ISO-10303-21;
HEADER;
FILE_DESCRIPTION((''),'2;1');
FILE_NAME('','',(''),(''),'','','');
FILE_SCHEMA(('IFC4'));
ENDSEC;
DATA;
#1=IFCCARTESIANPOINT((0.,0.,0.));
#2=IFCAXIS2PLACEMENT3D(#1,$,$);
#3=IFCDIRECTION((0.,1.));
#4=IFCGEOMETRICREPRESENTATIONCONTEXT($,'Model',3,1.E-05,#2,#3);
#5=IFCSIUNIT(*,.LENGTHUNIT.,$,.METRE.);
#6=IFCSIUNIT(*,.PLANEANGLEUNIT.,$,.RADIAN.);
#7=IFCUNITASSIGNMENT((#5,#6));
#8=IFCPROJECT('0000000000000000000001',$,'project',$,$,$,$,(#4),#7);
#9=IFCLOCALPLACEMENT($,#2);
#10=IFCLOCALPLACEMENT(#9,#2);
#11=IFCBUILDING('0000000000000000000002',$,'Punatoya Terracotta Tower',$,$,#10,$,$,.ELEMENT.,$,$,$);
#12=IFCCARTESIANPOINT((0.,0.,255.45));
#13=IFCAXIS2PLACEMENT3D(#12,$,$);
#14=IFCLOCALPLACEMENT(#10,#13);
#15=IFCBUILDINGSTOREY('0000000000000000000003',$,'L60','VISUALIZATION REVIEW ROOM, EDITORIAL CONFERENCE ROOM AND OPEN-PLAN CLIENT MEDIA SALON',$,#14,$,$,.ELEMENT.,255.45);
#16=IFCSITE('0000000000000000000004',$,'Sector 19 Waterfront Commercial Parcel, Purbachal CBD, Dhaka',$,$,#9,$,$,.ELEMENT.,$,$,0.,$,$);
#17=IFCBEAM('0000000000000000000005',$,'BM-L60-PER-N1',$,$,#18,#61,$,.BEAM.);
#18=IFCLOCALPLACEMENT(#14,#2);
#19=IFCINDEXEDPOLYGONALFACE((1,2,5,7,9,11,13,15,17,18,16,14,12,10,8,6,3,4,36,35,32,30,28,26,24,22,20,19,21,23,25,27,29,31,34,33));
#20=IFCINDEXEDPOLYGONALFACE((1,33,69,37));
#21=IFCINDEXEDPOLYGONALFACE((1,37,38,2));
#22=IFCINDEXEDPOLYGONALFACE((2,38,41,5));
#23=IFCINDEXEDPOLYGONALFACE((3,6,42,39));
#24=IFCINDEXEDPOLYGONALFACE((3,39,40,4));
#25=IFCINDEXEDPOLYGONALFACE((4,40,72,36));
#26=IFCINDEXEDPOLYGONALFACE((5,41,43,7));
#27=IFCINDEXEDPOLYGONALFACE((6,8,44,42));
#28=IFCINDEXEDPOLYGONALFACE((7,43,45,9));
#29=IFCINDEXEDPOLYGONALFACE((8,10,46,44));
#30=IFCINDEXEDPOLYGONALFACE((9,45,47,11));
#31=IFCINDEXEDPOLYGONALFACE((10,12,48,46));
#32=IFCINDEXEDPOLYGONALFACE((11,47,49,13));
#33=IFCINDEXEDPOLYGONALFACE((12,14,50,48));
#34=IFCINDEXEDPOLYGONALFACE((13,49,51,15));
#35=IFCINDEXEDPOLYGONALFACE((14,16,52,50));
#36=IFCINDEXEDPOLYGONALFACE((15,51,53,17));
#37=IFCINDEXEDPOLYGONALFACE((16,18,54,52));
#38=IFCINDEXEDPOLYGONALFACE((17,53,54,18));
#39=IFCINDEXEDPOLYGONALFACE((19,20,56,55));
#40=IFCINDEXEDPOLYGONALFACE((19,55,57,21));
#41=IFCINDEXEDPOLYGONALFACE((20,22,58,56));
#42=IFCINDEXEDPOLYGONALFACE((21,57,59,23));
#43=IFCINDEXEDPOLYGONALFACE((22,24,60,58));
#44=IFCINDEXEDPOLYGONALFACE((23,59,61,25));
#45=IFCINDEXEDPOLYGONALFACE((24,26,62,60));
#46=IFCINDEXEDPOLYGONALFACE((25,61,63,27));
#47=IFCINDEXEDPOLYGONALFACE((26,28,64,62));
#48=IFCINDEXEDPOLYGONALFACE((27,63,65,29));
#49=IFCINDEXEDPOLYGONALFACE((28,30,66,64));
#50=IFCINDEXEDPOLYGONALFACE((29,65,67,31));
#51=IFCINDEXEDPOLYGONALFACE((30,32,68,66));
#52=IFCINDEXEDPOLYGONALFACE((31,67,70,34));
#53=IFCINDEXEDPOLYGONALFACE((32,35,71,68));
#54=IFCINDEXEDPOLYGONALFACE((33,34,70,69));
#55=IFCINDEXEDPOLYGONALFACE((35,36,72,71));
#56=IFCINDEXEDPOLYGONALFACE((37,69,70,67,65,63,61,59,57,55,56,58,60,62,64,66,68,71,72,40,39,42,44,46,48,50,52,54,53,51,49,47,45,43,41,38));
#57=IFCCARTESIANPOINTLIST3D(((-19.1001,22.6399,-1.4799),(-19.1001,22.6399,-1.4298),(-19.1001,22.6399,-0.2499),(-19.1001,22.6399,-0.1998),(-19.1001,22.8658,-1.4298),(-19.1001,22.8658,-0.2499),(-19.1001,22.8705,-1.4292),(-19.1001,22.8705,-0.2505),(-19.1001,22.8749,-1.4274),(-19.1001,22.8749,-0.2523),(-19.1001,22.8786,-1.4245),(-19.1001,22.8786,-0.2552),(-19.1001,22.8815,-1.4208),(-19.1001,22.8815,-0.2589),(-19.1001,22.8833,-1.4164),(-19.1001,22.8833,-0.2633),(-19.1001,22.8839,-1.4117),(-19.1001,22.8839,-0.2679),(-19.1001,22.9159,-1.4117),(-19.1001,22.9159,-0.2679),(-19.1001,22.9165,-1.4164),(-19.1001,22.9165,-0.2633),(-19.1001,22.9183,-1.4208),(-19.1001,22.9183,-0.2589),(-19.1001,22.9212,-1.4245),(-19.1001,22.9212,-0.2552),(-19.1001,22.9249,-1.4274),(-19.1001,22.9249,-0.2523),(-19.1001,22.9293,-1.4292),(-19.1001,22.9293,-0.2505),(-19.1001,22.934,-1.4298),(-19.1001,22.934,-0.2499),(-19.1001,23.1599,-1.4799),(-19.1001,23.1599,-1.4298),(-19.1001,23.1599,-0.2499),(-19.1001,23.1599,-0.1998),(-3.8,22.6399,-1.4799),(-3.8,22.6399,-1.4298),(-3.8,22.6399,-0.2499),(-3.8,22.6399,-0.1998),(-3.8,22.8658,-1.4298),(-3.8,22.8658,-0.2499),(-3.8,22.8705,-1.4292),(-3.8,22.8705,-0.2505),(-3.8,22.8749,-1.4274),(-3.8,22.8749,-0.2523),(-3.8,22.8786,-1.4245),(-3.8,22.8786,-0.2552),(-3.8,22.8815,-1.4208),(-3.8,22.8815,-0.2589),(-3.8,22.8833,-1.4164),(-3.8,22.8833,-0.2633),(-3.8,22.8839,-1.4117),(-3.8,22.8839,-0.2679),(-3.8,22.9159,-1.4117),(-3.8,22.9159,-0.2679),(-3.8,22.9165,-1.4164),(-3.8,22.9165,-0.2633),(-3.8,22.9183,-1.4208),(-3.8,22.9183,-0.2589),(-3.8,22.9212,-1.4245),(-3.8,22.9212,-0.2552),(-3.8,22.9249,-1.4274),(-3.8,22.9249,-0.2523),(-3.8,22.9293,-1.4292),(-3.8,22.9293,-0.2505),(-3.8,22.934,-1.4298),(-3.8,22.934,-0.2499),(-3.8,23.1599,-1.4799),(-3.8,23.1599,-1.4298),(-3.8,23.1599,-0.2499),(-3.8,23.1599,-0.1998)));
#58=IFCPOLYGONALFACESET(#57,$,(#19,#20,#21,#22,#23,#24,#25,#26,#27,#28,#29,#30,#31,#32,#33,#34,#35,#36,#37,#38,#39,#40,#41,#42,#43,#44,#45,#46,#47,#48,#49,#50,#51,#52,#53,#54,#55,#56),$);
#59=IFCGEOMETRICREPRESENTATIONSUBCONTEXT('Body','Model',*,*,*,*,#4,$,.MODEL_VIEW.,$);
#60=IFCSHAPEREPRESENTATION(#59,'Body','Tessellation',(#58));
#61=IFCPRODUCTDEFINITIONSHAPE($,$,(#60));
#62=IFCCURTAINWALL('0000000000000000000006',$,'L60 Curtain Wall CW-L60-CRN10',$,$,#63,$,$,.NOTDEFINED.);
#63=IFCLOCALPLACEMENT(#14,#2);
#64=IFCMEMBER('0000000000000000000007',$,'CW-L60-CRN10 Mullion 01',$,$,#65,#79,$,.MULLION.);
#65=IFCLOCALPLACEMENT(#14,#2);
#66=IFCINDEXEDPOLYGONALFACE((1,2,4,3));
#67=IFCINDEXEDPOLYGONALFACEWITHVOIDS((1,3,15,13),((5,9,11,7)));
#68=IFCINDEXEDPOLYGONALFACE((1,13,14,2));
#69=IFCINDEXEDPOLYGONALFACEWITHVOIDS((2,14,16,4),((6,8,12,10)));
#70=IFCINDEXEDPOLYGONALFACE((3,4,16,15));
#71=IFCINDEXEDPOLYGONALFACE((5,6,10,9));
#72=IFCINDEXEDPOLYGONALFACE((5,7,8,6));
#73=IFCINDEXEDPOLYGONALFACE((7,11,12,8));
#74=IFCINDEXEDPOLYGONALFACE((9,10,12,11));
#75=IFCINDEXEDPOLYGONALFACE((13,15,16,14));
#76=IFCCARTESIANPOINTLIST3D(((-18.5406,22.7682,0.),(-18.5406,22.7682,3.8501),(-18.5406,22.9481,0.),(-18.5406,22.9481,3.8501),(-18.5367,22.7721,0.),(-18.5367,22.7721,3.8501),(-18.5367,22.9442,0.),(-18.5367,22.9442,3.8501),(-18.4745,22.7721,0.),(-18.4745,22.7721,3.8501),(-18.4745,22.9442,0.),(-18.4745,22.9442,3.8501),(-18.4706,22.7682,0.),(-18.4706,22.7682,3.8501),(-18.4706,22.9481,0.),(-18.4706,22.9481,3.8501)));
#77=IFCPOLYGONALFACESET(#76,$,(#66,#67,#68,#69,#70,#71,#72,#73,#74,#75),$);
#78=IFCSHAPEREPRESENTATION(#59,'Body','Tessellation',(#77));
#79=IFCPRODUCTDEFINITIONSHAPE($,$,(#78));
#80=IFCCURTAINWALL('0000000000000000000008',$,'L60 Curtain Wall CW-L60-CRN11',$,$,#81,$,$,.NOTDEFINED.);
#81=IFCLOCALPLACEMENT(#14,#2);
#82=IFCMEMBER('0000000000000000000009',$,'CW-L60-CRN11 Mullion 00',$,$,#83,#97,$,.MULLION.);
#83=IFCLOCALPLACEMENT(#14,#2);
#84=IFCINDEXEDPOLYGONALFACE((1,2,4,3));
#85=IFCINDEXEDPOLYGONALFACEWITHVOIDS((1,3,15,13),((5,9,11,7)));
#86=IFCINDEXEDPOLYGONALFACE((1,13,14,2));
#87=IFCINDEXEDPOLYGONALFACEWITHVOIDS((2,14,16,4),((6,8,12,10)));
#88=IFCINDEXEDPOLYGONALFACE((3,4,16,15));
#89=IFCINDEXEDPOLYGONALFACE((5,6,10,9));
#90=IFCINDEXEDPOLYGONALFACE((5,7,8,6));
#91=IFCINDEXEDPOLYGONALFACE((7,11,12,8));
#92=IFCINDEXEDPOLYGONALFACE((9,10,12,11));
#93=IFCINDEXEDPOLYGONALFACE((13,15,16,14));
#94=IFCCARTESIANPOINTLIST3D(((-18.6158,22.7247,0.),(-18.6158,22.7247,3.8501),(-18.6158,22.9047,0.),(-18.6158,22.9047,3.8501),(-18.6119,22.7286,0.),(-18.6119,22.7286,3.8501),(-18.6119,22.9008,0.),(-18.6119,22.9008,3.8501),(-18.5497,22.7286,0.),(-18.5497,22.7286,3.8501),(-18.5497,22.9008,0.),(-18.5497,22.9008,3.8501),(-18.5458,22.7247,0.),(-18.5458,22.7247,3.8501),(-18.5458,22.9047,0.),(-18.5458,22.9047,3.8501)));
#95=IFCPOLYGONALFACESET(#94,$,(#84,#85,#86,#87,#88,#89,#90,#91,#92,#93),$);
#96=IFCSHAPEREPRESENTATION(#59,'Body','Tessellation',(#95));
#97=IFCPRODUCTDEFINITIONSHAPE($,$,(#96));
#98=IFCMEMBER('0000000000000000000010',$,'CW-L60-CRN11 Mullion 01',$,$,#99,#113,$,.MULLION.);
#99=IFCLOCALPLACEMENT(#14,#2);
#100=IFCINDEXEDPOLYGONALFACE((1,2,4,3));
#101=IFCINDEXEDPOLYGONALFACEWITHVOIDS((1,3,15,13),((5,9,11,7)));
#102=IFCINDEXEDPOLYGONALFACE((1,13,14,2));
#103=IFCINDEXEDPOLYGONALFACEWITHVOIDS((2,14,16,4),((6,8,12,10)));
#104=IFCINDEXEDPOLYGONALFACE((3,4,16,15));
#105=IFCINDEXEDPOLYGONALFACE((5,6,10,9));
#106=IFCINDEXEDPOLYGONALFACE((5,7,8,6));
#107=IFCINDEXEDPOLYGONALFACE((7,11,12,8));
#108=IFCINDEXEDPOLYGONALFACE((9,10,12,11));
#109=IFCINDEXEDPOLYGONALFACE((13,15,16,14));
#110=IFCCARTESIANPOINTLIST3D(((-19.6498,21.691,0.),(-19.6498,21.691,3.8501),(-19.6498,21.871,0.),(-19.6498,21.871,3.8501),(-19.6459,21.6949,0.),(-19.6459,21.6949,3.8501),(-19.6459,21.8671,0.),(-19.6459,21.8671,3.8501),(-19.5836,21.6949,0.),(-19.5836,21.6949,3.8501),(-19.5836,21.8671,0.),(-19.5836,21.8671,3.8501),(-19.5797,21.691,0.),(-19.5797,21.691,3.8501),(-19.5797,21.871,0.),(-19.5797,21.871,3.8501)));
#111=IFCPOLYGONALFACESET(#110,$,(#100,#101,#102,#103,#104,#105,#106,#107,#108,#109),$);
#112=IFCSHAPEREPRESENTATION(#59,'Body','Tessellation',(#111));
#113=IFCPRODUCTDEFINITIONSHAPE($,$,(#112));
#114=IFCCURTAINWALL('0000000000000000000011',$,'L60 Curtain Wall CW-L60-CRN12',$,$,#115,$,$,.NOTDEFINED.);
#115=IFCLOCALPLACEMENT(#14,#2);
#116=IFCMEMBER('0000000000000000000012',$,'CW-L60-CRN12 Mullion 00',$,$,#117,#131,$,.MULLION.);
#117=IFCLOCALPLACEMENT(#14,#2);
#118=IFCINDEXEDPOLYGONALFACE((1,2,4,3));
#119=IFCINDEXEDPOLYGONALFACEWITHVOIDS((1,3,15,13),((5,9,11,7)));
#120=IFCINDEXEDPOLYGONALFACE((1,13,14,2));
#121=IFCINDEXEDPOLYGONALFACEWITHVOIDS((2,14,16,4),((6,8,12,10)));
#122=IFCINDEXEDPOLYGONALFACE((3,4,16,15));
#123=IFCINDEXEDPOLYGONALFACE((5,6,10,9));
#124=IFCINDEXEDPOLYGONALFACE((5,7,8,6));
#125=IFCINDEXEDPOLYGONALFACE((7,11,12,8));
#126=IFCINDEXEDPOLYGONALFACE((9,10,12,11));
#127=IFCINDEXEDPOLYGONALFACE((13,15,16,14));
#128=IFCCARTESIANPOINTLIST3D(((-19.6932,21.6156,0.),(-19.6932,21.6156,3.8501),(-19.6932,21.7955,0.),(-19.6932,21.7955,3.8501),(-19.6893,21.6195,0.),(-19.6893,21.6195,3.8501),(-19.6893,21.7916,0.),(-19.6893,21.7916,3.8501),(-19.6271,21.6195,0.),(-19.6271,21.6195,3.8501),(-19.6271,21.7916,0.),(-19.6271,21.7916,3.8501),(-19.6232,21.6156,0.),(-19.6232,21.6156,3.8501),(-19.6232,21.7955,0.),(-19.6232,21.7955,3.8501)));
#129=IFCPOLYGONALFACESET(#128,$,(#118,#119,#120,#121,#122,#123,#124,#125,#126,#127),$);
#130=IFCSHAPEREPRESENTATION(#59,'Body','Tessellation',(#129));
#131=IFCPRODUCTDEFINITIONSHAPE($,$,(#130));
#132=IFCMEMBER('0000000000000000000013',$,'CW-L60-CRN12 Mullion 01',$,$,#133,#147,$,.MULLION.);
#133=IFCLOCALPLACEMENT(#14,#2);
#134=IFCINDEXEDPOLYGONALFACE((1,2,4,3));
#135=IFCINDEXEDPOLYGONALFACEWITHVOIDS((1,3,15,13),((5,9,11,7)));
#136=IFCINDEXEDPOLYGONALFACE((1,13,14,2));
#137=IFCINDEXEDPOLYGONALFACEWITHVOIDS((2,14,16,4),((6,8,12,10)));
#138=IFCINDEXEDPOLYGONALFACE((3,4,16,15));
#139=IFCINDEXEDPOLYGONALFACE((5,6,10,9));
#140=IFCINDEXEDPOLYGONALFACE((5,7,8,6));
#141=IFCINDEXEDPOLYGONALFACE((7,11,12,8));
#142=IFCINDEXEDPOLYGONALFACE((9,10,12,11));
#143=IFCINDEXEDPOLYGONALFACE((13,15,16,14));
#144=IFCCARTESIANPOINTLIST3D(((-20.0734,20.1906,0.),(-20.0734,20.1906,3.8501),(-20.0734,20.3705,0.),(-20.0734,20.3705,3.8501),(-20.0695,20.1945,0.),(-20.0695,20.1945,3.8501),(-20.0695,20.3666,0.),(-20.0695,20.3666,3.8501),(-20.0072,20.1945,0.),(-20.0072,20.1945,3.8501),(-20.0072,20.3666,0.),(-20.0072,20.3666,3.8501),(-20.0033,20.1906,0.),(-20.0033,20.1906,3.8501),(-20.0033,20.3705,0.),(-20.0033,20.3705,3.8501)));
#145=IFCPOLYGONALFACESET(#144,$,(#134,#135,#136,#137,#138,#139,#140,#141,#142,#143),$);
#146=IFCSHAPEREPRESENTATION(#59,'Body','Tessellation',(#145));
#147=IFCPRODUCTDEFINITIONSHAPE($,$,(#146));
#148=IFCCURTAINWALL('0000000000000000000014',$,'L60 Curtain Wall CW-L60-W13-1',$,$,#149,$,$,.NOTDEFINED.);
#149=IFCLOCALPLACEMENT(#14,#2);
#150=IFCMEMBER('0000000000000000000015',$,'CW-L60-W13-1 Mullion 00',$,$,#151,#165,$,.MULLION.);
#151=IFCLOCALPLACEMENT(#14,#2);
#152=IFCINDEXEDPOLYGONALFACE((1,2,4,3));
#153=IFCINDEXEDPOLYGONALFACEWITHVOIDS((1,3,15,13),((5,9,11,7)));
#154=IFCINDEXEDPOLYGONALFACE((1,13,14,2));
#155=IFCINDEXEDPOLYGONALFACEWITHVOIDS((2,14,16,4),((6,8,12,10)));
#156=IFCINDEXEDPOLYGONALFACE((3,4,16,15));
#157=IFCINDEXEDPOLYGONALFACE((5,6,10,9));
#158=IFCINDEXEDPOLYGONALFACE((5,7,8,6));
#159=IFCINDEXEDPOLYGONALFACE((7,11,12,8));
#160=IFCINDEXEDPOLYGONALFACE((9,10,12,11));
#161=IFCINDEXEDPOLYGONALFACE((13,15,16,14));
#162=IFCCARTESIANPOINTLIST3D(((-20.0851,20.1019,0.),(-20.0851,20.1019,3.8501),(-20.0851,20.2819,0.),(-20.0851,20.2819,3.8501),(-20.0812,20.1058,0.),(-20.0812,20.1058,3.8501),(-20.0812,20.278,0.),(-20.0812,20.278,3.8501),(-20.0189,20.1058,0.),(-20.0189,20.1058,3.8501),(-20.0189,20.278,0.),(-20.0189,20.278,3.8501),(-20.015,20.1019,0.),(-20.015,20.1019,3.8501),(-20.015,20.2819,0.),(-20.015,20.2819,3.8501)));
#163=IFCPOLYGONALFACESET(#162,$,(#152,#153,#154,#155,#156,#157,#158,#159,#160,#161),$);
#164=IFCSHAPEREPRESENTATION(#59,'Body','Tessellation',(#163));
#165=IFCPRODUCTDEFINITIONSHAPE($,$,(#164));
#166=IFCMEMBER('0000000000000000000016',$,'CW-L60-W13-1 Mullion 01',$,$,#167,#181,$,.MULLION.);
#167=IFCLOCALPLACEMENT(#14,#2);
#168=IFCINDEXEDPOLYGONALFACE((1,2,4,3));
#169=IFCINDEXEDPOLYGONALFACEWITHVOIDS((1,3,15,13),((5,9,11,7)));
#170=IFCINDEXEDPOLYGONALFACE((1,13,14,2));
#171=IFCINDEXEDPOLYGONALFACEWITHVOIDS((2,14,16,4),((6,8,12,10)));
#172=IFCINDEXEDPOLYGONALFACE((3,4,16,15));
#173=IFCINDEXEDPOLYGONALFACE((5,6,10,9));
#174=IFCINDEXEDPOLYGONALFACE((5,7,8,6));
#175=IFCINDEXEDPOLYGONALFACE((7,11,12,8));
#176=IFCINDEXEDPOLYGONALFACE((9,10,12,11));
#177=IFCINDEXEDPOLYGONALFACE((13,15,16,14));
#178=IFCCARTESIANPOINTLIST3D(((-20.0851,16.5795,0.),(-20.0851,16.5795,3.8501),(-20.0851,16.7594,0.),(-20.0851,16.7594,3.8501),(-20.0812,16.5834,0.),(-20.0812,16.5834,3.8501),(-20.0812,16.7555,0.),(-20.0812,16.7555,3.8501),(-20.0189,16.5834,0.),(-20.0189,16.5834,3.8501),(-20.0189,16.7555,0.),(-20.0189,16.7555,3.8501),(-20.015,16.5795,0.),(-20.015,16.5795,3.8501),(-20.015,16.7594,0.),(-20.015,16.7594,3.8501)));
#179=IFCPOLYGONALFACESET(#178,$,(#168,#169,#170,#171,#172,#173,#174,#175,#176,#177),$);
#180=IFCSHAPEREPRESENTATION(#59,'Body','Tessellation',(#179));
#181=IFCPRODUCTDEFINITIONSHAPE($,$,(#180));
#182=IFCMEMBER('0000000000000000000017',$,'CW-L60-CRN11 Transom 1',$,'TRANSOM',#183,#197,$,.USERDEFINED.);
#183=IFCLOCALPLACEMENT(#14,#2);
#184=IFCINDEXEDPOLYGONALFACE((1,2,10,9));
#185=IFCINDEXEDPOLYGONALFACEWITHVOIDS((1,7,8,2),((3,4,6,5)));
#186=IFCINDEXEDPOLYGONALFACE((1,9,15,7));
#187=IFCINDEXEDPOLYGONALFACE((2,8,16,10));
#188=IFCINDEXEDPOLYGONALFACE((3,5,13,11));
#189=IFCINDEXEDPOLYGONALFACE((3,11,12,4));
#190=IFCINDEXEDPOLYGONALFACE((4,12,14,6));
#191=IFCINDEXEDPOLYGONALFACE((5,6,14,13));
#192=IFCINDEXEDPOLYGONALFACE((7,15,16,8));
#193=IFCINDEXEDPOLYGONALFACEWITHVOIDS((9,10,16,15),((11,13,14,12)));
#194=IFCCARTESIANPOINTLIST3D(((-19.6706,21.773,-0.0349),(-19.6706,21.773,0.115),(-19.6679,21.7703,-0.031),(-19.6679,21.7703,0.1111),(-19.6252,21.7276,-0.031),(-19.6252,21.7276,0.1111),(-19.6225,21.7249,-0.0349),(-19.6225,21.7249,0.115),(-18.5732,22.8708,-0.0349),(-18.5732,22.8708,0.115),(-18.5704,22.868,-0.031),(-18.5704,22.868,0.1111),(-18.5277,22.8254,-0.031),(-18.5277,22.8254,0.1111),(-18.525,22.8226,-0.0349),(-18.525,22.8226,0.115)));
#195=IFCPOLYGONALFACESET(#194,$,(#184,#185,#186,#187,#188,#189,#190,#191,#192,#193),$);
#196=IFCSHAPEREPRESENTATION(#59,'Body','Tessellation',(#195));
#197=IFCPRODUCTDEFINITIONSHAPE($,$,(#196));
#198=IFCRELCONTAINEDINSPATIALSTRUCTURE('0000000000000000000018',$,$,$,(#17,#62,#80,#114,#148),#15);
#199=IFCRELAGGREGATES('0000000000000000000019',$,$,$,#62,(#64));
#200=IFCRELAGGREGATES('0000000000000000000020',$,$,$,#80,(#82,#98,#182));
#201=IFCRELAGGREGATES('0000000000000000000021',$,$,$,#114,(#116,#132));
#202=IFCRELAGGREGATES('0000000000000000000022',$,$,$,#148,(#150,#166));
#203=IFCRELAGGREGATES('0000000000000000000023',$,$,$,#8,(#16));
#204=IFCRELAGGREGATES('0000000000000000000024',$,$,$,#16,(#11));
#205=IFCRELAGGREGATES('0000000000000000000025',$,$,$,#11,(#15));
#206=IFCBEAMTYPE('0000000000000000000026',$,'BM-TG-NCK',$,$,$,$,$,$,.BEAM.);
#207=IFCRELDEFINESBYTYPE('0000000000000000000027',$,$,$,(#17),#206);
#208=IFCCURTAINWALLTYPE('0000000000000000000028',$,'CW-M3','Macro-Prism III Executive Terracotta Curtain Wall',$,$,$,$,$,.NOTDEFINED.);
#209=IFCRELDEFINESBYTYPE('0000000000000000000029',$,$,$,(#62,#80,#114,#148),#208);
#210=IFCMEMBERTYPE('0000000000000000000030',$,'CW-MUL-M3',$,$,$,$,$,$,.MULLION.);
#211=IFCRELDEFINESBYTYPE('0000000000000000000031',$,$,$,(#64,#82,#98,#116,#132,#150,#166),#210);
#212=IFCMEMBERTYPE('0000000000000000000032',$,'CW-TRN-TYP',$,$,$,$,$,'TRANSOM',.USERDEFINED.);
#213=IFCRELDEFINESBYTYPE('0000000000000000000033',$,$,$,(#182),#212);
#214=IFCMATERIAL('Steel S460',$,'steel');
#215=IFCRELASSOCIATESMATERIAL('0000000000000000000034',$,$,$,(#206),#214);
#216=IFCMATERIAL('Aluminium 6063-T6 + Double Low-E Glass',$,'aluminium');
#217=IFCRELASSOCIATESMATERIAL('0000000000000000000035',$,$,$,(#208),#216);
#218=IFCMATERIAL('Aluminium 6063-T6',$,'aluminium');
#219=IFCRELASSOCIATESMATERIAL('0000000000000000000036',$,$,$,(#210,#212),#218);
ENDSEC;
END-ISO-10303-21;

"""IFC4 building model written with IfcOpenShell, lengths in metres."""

from ifc_helpers import new_model, si_unit, direction, frame, origin, origin_2d, place, context, subcontext, project, spatial, hollow_rectangle, i_section, extrude, material, material_profile, profile_set, type_object, element, aggregate, save


model = new_model("IFC4")

# Units and contexts
model_context = context("Model", 3, precision=1e-05, world=origin(), true_north=direction((0.0, 1.0)))
body_context = subcontext(model_context, "Body", "Model", "MODEL_VIEW")
ifc_project = project(units=[si_unit("LENGTHUNIT", "METRE"), si_unit("PLANEANGLEUNIT", "RADIAN")], contexts=[model_context])

# Site, building, storey
site_placement = place(None, origin())
site = spatial("IfcSite", under=ifc_project, at=site_placement, Name="Sector 19 Waterfront Commercial Parcel, Purbachal CBD, Dhaka", CompositionType="ELEMENT", RefElevation=0.0)
building_placement = place(site_placement, origin())
building = spatial("IfcBuilding", under=site, at=building_placement, Name="Punatoya Terracotta Tower", CompositionType="ELEMENT")
storey_placement = place(building_placement, frame((0.0, 0.0, 255.45)))
storey = spatial("IfcBuildingStorey", under=building, at=storey_placement, Name="L60", Description="VISUALIZATION REVIEW ROOM, EDITORIAL CONFERENCE ROOM AND OPEN-PLAN CLIENT MEDIA SALON", CompositionType="ELEMENT", Elevation=255.45)

# Shared definitions
ifc_material_1 = material(Name="Steel S460", Category="steel")

# Beam
ifc_material_profile_1 = material_profile(ifc_material_1, i_section(OverallWidth=0.52, OverallDepth=1.28, WebThickness=0.032, FlangeThickness=0.05, FilletRadius=0.0181, at=origin_2d()))
ifc_profile_set_1 = profile_set([ifc_material_profile_1], Name="Steel S460")
beam_type_1 = type_object("IfcBeamType", Name="BM-TG-NCK", PredefinedType="BEAM", material=ifc_profile_set_1)
beam_1_placement = place(storey_placement, frame((-19.1001, 22.8999, -0.8398), z_axis=(1.0, 0.0, 0.0), x_axis=(0.0, 1.0, 0.0)))
element("IfcBeam", 1, at=beam_1_placement, inside=storey, type_object=beam_type_1, Name="BM-L60-PER-N1", PredefinedType="BEAM", context=body_context, shape_type="SweptSolid", body=[
    extrude(i_section(OverallWidth=0.52, OverallDepth=1.28, WebThickness=0.032, FlangeThickness=0.05, FilletRadius=0.0181, at=origin_2d()), origin(), (0.0, 0.0, 1.0), 15.3),
])

# Curtain wall, member
ifc_material_2 = material(Name="Aluminium 6063-T6 + Double Low-E Glass", Category="aluminium")
curtain_wall_type = type_object("IfcCurtainWallType", Name="CW-M3", Description="Macro-Prism III Executive Terracotta Curtain Wall", PredefinedType="NOTDEFINED", material=ifc_material_2)
curtain_wall_1_placement = place(storey_placement, origin())
curtain_wall_1 = element("IfcCurtainWall", 2, at=curtain_wall_1_placement, inside=storey, type_object=curtain_wall_type, Name="L60 Curtain Wall CW-L60-CRN10", PredefinedType="NOTDEFINED")
ifc_material_3 = material(Name="Aluminium 6063-T6", Category="aluminium")
ifc_material_profile_2 = material_profile(ifc_material_3, hollow_rectangle(XDim=0.0701, YDim=0.1799, WallThickness=0.0039, at=origin_2d()))
ifc_profile_set_2 = profile_set([ifc_material_profile_2], Name="Aluminium 6063-T6")
member_type_1 = type_object("IfcMemberType", Name="CW-MUL-M3", PredefinedType="MULLION", material=ifc_profile_set_2)
member_1_placement = place(storey_placement, frame((-18.5056, 22.8582, 0.0), z_axis=(0.0, 0.0, 1.0), x_axis=(1.0, 0.0, 0.0)))
member_1 = element("IfcMember", 3, at=member_1_placement, type_object=member_type_1, Name="CW-L60-CRN10 Mullion 01", PredefinedType="MULLION", context=body_context, shape_type="SweptSolid", body=[
    extrude(hollow_rectangle(XDim=0.0701, YDim=0.1799, WallThickness=0.0039, at=origin_2d()), origin(), (0.0, 0.0, 1.0), 3.8501),
])
aggregate(curtain_wall_1, [member_1])

# Curtain walls, members
curtain_wall_2_placement = place(storey_placement, origin())
curtain_wall_2 = element("IfcCurtainWall", 4, at=curtain_wall_2_placement, inside=storey, type_object=curtain_wall_type, Name="L60 Curtain Wall CW-L60-CRN11", PredefinedType="NOTDEFINED")
member_2_placement = place(storey_placement, frame((-18.5808, 22.8147, 0.0), z_axis=(0.0, 0.0, 1.0), x_axis=(1.0, 0.0, 0.0)))
member_2 = element("IfcMember", 5, at=member_2_placement, type_object=member_type_1, Name="CW-L60-CRN11 Mullion 00", PredefinedType="MULLION", context=body_context, shape_type="SweptSolid", body=[
    extrude(hollow_rectangle(XDim=0.0701, YDim=0.1799, WallThickness=0.0039, at=origin_2d()), origin(), (0.0, 0.0, 1.0), 3.8501),
])
member_3_placement = place(storey_placement, frame((-19.6147, 21.781, 0.0), z_axis=(0.0, 0.0, 1.0), x_axis=(1.0, 0.0, 0.0)))
member_3 = element("IfcMember", 6, at=member_3_placement, type_object=member_type_1, Name="CW-L60-CRN11 Mullion 01", PredefinedType="MULLION", context=body_context, shape_type="SweptSolid", body=[
    extrude(hollow_rectangle(XDim=0.0701, YDim=0.1799, WallThickness=0.0039, at=origin_2d()), origin(), (0.0, 0.0, 1.0), 3.8501),
])
curtain_wall_3_placement = place(storey_placement, origin())
curtain_wall_3 = element("IfcCurtainWall", 7, at=curtain_wall_3_placement, inside=storey, type_object=curtain_wall_type, Name="L60 Curtain Wall CW-L60-CRN12", PredefinedType="NOTDEFINED")
member_4_placement = place(storey_placement, frame((-19.6582, 21.7056, 0.0), z_axis=(0.0, 0.0, 1.0), x_axis=(1.0, 0.0, 0.0)))
member_4 = element("IfcMember", 8, at=member_4_placement, type_object=member_type_1, Name="CW-L60-CRN12 Mullion 00", PredefinedType="MULLION", context=body_context, shape_type="SweptSolid", body=[
    extrude(hollow_rectangle(XDim=0.0701, YDim=0.1799, WallThickness=0.0039, at=origin_2d()), origin(), (0.0, 0.0, 1.0), 3.8501),
])
member_5_placement = place(storey_placement, frame((-20.0383, 20.2805, 0.0), z_axis=(0.0, 0.0, 1.0), x_axis=(1.0, 0.0, 0.0)))
member_5 = element("IfcMember", 9, at=member_5_placement, type_object=member_type_1, Name="CW-L60-CRN12 Mullion 01", PredefinedType="MULLION", context=body_context, shape_type="SweptSolid", body=[
    extrude(hollow_rectangle(XDim=0.0701, YDim=0.1799, WallThickness=0.0039, at=origin_2d()), origin(), (0.0, 0.0, 1.0), 3.8501),
])
curtain_wall_4_placement = place(storey_placement, origin())
curtain_wall_4 = element("IfcCurtainWall", 10, at=curtain_wall_4_placement, inside=storey, type_object=curtain_wall_type, Name="L60 Curtain Wall CW-L60-W13-1", PredefinedType="NOTDEFINED")
member_6_placement = place(storey_placement, frame((-20.05, 20.1919, 0.0), z_axis=(0.0, 0.0, 1.0), x_axis=(1.0, 0.0, 0.0)))
member_6 = element("IfcMember", 11, at=member_6_placement, type_object=member_type_1, Name="CW-L60-W13-1 Mullion 00", PredefinedType="MULLION", context=body_context, shape_type="SweptSolid", body=[
    extrude(hollow_rectangle(XDim=0.0701, YDim=0.1799, WallThickness=0.0039, at=origin_2d()), origin(), (0.0, 0.0, 1.0), 3.8501),
])
member_7_placement = place(storey_placement, frame((-20.05, 16.6694, 0.0), z_axis=(0.0, 0.0, 1.0), x_axis=(1.0, 0.0, 0.0)))
member_7 = element("IfcMember", 12, at=member_7_placement, type_object=member_type_1, Name="CW-L60-W13-1 Mullion 01", PredefinedType="MULLION", context=body_context, shape_type="SweptSolid", body=[
    extrude(hollow_rectangle(XDim=0.0701, YDim=0.1799, WallThickness=0.0039, at=origin_2d()), origin(), (0.0, 0.0, 1.0), 3.8501),
])

# Member
ifc_material_profile_3 = material_profile(ifc_material_3, hollow_rectangle(XDim=0.0681, YDim=0.1499, WallThickness=0.0039, at=origin_2d()))
ifc_profile_set_3 = profile_set([ifc_material_profile_3], Name="Aluminium 6063-T6")
member_type_2 = type_object("IfcMemberType", Name="CW-TRN-TYP", ElementType="TRANSOM", PredefinedType="USERDEFINED", material=ifc_profile_set_3)
member_8_placement = place(storey_placement, frame((-18.5491, 22.8467, 0.04), z_axis=(-0.707028, -0.707185, 0.0), x_axis=(0.707185, -0.707028, 0.0)))
member_8 = element("IfcMember", 13, at=member_8_placement, type_object=member_type_2, Name="CW-L60-CRN11 Transom 1", ObjectType="TRANSOM", PredefinedType="USERDEFINED", context=body_context, shape_type="SweptSolid", body=[
    extrude(hollow_rectangle(XDim=0.0681, YDim=0.1499, WallThickness=0.0039, at=origin_2d()), origin(), (0.0, 0.0, 1.0), 1.5522),
])

aggregate(curtain_wall_2, [member_2, member_3, member_8])
aggregate(curtain_wall_3, [member_4, member_5])
aggregate(curtain_wall_4, [member_6, member_7])

save(model, "model.ifc")
